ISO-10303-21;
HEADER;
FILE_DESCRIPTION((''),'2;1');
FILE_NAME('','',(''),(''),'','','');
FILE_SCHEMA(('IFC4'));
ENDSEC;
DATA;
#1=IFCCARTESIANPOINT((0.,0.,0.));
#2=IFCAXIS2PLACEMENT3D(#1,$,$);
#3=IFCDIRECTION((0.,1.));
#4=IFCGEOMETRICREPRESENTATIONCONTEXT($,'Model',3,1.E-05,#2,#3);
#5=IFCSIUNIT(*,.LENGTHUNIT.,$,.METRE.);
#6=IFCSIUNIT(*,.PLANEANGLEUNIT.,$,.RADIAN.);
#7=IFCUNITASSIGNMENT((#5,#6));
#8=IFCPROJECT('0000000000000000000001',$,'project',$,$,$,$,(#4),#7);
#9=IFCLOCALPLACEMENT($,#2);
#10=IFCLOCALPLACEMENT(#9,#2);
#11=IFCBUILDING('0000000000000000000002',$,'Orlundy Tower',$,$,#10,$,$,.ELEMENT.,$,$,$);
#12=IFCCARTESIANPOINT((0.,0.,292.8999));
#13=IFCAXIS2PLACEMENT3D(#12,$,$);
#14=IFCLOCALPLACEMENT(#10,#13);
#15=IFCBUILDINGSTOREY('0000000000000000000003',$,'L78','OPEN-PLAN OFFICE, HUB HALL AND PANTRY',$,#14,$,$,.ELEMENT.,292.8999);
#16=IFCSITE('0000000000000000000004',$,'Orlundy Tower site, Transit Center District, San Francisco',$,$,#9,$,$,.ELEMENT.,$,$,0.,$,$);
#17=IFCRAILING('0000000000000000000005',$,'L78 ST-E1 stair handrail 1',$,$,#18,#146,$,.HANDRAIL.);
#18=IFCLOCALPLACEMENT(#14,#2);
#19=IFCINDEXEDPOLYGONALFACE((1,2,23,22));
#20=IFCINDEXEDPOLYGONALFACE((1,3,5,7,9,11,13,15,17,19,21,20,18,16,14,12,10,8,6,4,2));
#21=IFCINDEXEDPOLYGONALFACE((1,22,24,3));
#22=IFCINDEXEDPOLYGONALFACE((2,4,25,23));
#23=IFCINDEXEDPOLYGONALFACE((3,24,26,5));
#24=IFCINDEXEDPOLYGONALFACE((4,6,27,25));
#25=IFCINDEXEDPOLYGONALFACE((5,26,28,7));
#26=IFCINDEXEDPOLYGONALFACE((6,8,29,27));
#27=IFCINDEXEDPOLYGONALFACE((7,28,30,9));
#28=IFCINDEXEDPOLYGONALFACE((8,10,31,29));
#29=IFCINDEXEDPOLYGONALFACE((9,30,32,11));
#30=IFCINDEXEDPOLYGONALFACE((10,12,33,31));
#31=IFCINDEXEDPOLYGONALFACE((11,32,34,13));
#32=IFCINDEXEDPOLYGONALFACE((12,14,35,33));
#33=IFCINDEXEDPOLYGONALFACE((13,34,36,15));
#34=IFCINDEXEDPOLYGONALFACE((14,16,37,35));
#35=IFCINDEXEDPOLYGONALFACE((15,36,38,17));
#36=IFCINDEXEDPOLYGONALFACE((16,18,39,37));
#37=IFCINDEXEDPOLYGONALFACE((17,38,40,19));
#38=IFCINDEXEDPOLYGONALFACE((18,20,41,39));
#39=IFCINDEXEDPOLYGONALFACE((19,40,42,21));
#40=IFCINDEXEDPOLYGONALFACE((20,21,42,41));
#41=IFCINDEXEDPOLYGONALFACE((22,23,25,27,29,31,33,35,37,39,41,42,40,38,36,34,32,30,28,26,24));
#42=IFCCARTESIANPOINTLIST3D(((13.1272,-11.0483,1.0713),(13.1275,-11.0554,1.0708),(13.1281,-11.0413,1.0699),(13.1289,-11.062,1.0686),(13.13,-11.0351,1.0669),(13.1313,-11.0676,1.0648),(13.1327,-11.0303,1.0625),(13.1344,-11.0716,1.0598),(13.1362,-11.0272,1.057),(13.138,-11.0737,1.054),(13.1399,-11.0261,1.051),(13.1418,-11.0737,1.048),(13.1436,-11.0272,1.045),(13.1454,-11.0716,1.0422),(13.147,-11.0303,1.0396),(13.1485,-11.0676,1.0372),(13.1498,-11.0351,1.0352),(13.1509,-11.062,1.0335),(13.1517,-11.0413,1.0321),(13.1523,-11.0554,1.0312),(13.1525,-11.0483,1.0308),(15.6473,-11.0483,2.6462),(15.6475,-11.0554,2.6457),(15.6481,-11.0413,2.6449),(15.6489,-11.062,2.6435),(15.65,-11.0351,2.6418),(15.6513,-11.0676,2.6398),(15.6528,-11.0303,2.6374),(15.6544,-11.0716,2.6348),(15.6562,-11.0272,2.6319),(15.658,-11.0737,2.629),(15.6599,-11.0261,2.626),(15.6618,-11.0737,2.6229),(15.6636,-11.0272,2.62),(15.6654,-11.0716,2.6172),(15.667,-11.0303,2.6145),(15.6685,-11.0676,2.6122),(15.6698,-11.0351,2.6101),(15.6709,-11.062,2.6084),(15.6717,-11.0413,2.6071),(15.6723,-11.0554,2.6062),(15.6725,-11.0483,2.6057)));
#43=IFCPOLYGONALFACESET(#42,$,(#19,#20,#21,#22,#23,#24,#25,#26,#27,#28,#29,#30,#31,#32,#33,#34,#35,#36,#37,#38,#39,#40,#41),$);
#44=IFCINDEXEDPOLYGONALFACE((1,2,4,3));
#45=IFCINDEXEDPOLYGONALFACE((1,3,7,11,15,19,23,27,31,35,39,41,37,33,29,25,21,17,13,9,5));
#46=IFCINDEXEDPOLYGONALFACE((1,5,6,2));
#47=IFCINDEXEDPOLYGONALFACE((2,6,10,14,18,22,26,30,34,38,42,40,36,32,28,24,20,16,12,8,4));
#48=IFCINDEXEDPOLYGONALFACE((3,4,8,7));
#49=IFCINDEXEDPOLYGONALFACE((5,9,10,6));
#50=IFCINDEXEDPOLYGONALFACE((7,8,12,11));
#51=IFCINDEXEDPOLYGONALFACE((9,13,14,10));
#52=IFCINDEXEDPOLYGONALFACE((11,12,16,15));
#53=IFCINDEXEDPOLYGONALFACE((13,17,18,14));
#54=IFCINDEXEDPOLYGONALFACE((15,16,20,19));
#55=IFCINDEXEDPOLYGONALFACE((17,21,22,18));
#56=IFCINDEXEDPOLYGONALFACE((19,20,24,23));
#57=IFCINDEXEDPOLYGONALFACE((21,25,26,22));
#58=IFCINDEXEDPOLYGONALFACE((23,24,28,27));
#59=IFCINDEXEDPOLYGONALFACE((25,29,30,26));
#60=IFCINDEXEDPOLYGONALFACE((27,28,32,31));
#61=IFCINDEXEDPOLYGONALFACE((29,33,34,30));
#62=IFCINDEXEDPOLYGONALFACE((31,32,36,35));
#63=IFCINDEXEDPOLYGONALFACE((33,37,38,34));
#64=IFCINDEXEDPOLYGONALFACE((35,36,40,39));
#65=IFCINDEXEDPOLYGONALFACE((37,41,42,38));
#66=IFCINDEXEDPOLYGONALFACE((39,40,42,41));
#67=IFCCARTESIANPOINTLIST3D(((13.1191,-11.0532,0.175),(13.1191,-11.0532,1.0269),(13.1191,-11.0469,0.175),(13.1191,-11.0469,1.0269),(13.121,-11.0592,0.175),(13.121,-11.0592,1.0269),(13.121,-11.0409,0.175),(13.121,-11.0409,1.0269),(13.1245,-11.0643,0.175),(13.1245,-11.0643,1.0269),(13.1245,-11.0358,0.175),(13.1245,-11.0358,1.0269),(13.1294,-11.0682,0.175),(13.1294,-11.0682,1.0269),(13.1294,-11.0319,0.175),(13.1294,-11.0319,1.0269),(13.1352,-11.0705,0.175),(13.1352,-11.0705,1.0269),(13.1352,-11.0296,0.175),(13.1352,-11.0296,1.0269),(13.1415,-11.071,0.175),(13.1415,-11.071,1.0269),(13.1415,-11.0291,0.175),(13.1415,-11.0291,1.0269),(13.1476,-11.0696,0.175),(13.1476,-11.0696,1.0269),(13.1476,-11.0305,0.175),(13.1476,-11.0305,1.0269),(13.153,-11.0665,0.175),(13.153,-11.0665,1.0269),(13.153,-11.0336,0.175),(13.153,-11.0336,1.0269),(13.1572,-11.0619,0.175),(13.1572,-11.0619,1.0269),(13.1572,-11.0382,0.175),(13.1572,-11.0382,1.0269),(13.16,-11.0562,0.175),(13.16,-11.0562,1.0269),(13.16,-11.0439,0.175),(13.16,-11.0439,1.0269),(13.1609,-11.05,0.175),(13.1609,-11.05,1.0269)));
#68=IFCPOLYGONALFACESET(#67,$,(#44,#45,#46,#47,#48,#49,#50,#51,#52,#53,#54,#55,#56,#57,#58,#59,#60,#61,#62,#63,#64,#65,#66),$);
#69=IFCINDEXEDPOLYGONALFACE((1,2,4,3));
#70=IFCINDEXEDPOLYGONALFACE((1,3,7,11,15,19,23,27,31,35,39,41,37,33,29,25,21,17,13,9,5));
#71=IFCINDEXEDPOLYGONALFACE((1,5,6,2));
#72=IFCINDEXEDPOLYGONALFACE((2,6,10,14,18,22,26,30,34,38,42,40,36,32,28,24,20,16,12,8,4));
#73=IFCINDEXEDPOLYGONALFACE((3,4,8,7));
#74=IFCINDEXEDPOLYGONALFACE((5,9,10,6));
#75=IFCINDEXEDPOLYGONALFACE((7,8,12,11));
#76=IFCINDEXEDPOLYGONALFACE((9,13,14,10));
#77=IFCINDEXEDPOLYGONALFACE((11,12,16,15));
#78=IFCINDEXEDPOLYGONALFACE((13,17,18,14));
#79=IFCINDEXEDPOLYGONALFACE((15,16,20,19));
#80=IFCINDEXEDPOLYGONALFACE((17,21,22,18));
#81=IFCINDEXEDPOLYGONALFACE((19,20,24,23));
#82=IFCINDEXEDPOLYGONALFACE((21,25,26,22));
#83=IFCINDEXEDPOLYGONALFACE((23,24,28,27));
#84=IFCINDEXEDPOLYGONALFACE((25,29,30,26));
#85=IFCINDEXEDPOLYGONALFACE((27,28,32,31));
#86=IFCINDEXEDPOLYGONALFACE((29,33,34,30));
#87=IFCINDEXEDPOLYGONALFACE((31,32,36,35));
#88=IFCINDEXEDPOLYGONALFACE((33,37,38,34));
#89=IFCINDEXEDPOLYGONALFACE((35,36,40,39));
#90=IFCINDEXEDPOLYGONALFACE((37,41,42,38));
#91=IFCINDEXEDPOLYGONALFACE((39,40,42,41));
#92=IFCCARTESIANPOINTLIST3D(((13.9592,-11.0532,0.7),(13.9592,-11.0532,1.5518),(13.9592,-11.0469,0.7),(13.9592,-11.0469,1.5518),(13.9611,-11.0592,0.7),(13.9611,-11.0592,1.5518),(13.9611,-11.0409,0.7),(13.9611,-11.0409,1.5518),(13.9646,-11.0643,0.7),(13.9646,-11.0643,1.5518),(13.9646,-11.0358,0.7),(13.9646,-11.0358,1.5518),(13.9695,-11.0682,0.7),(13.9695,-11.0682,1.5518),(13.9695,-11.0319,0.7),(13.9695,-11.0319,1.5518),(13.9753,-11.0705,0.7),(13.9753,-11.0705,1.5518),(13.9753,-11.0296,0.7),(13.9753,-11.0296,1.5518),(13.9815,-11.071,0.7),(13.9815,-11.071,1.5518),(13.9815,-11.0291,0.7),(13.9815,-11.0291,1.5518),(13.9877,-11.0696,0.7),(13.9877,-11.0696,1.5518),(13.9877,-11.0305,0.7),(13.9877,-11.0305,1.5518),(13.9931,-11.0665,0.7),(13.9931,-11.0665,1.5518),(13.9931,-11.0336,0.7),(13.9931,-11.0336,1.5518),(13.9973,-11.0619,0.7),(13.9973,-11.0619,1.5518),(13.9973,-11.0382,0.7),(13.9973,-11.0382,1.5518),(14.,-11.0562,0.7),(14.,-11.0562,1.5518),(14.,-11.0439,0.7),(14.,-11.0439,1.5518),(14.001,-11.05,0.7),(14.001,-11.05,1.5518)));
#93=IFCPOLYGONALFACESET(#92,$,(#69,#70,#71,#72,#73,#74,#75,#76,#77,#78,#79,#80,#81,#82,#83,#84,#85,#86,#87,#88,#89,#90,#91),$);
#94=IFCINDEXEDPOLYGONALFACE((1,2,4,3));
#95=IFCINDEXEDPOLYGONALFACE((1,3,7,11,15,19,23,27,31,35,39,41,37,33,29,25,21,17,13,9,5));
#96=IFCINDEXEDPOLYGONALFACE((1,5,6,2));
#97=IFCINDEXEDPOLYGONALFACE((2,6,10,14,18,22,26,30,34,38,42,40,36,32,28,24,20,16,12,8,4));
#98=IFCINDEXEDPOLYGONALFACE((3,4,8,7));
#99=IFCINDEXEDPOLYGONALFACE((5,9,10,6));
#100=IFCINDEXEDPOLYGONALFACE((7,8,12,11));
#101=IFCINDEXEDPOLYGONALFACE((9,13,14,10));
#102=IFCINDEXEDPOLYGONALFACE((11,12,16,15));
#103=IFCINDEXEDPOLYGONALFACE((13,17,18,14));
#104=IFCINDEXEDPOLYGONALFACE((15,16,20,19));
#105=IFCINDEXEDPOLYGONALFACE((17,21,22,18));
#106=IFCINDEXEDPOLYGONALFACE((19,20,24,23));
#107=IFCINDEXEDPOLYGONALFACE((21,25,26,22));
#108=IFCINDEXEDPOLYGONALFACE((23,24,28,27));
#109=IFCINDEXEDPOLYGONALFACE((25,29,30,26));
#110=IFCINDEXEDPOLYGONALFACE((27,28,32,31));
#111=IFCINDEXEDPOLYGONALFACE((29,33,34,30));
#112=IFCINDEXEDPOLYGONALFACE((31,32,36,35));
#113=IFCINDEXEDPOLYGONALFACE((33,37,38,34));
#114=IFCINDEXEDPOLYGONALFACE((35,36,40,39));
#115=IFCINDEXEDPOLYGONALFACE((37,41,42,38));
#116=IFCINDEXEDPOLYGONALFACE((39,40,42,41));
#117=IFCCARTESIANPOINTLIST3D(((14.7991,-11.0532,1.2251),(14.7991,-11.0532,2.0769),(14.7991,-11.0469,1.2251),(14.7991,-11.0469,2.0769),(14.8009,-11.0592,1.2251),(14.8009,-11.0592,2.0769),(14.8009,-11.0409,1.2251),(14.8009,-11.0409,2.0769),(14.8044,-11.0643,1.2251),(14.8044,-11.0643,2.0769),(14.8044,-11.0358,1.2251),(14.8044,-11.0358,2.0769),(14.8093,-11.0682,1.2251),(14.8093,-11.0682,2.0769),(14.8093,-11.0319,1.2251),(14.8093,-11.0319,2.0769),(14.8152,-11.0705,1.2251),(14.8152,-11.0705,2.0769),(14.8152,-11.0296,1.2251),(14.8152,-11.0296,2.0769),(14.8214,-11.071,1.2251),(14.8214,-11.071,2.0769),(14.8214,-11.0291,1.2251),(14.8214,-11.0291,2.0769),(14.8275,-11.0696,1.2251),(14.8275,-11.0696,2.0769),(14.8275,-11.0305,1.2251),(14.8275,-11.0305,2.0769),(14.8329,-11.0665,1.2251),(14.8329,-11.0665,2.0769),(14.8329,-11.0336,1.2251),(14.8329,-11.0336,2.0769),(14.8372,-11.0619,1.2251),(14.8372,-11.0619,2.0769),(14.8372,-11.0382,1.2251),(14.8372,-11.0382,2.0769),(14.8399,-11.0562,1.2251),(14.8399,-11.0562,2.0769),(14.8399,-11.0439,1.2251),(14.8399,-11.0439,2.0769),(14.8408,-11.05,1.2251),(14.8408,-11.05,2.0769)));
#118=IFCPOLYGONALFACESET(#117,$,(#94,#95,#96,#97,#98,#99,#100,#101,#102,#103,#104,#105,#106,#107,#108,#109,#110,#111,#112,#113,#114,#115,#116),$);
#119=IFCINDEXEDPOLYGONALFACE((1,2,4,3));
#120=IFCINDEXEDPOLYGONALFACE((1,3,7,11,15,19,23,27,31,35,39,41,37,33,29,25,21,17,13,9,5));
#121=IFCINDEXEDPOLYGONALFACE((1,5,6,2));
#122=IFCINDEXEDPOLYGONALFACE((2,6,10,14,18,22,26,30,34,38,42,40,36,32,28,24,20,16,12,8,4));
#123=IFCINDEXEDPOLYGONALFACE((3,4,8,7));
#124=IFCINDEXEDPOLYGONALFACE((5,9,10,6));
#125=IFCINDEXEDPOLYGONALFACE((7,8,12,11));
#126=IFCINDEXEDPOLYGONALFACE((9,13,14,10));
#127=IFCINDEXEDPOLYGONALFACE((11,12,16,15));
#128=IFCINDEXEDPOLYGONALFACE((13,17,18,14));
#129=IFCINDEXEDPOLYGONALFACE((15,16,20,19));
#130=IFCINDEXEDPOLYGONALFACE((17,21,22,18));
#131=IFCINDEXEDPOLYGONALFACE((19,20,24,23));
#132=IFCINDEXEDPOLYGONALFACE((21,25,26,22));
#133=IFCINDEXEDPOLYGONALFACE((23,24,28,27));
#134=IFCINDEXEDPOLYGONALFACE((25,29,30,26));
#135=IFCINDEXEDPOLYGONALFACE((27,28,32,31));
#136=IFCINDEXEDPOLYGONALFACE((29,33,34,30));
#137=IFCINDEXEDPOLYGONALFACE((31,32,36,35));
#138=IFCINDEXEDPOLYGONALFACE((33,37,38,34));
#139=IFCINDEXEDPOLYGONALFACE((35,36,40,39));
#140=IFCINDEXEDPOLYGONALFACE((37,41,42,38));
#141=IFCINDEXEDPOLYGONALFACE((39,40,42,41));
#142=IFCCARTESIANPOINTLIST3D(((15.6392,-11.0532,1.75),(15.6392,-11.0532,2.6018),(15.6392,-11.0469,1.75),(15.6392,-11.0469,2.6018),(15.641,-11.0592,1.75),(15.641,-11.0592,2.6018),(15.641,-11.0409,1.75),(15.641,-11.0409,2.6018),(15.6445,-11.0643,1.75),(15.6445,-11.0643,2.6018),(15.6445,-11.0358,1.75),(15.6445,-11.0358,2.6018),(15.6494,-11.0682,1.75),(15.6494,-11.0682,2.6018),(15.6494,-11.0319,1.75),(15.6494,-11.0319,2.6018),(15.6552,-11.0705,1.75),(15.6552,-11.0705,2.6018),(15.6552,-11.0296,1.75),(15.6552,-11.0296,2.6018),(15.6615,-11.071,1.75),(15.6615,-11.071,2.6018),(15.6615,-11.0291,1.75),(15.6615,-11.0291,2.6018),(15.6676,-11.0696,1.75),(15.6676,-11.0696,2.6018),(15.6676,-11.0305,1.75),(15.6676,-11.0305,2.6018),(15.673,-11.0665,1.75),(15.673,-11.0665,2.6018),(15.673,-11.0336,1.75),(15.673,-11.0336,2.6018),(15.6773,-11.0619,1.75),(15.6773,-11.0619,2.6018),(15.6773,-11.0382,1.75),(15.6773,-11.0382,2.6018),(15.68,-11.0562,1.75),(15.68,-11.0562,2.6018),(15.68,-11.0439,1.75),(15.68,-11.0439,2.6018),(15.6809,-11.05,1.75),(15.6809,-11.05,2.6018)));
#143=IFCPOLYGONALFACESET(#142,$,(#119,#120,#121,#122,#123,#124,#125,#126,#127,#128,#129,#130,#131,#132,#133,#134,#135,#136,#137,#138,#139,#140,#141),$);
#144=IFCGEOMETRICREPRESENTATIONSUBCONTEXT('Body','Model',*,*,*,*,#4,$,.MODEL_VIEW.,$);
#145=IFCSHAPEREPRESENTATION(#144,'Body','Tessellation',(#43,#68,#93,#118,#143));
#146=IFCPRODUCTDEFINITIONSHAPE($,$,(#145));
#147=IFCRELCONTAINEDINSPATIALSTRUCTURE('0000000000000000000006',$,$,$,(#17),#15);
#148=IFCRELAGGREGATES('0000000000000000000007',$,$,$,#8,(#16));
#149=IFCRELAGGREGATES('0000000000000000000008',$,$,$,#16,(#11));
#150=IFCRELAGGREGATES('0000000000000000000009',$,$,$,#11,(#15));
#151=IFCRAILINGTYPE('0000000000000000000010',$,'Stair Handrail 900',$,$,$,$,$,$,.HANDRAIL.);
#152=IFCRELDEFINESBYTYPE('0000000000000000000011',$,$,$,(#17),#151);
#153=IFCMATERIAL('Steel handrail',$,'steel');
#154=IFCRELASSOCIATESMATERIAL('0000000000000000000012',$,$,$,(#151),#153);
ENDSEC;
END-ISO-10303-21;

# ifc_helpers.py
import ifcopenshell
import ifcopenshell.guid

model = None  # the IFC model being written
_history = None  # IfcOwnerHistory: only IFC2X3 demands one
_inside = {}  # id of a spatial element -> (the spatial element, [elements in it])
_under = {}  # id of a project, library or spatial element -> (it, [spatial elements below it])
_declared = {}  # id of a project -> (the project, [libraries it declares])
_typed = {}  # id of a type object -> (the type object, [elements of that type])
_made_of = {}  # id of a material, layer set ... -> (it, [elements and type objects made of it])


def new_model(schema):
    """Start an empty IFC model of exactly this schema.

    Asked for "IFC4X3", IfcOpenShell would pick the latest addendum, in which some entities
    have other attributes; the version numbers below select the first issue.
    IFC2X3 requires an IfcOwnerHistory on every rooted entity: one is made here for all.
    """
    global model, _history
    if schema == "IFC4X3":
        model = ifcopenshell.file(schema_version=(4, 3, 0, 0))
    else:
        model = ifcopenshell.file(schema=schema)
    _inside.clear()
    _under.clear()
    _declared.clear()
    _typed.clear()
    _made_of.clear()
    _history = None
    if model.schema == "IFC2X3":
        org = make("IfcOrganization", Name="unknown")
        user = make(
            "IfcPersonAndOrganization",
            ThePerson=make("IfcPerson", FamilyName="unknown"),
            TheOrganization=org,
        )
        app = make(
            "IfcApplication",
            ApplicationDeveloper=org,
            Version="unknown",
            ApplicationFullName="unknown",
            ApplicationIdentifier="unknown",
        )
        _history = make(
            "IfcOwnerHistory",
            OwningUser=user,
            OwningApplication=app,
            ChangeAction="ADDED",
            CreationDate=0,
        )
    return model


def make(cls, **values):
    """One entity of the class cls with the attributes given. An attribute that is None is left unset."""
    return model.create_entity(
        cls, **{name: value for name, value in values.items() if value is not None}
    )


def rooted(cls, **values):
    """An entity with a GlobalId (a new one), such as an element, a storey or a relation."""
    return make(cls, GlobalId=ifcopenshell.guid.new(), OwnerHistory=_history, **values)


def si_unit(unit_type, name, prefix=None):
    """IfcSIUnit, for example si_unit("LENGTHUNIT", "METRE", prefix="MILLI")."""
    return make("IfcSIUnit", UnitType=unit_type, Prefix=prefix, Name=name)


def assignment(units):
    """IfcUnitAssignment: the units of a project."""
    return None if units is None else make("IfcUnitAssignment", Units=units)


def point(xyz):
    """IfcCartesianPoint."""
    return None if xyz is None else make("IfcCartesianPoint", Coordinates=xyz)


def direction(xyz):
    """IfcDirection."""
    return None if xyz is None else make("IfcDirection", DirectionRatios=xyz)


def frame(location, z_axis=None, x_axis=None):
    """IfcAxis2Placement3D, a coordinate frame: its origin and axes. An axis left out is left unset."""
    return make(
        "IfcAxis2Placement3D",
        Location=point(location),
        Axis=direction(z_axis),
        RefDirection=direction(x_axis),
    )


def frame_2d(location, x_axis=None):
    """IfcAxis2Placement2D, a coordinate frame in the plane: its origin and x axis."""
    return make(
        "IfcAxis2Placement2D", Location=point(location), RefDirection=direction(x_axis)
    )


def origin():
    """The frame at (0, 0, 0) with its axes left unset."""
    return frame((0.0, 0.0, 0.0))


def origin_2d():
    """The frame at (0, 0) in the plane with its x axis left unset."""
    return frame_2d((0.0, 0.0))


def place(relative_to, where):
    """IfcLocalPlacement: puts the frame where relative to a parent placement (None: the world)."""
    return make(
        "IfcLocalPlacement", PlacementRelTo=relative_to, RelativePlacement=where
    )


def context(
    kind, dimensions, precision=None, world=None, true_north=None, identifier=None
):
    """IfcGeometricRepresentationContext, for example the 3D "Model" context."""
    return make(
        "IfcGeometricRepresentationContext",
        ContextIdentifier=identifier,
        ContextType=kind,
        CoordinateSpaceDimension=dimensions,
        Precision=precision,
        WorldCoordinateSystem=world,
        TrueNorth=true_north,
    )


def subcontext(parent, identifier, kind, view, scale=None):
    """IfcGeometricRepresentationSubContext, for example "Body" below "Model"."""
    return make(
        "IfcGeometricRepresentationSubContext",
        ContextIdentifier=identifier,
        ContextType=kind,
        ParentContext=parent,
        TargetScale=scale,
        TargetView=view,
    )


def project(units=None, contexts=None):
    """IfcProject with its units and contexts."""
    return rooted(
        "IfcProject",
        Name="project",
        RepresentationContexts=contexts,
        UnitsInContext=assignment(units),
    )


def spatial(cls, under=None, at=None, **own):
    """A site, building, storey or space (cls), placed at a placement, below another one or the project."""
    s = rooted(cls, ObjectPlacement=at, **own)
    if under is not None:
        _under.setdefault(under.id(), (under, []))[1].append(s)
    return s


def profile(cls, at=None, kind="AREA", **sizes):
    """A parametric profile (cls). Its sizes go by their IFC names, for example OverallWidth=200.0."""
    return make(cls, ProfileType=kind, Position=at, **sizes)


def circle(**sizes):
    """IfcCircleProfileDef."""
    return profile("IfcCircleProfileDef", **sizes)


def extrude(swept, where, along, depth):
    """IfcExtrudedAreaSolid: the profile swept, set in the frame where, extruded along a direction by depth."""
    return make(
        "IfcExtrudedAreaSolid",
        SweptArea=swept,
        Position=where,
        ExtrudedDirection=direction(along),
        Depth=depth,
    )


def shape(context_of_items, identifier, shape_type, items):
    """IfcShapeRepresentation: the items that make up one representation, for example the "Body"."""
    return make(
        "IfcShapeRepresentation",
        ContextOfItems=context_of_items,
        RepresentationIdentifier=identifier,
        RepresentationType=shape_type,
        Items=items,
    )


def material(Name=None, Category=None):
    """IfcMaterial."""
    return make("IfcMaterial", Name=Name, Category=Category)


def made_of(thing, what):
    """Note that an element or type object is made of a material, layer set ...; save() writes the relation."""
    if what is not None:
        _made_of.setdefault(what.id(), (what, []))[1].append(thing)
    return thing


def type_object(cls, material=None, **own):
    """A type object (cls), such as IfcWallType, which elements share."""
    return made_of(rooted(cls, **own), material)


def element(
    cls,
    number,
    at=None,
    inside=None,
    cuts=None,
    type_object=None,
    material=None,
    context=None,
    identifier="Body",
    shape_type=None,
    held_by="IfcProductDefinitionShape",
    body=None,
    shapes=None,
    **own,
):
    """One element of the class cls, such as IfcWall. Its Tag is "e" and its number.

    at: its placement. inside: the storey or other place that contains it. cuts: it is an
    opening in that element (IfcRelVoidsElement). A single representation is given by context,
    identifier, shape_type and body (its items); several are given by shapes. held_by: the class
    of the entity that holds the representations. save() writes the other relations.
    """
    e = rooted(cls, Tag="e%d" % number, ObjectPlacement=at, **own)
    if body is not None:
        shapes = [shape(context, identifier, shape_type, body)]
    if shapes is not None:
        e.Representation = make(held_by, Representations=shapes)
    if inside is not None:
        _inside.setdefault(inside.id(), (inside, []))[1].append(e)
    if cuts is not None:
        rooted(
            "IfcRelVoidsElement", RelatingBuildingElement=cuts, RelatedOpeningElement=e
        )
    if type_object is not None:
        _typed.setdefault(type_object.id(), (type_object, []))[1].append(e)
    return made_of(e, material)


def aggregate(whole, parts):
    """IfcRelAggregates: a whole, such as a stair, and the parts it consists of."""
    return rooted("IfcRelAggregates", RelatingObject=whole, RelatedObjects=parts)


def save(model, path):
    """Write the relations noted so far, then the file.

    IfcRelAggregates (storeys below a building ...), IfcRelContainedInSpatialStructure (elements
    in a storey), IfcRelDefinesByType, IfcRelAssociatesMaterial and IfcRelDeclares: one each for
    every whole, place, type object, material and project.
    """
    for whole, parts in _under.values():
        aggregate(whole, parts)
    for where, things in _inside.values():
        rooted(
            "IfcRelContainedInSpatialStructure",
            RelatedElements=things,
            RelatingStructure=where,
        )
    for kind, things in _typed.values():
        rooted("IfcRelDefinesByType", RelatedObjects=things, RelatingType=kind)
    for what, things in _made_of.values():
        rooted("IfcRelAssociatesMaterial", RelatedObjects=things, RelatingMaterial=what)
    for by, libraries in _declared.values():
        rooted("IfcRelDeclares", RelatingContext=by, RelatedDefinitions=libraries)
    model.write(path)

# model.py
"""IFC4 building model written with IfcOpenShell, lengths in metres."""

from ifc_helpers import new_model, si_unit, direction, frame, origin, origin_2d, place, context, subcontext, project, spatial, circle, extrude, material, type_object, element, save


model = new_model("IFC4")

# Units and contexts
model_context = context("Model", 3, precision=1e-05, world=origin(), true_north=direction((0.0, 1.0)))
body_context = subcontext(model_context, "Body", "Model", "MODEL_VIEW")
ifc_project = project(units=[si_unit("LENGTHUNIT", "METRE"), si_unit("PLANEANGLEUNIT", "RADIAN")], contexts=[model_context])

# Site, building, storey
site_placement = place(None, origin())
site = spatial("IfcSite", under=ifc_project, at=site_placement, Name="Orlundy Tower site, Transit Center District, San Francisco", CompositionType="ELEMENT", RefElevation=0.0)
building_placement = place(site_placement, origin())
building = spatial("IfcBuilding", under=site, at=building_placement, Name="Orlundy Tower", CompositionType="ELEMENT")
storey_placement = place(building_placement, frame((0.0, 0.0, 292.8999)))
storey = spatial("IfcBuildingStorey", under=building, at=storey_placement, Name="L78", Description="OPEN-PLAN OFFICE, HUB HALL AND PANTRY", CompositionType="ELEMENT", Elevation=292.8999)

# Railing
ifc_material_1 = material(Name="Steel handrail", Category="steel")
railing_type_1 = type_object("IfcRailingType", Name="Stair Handrail 900", PredefinedType="HANDRAIL", material=ifc_material_1)
railing_1_placement = place(storey_placement, frame((13.1399, -11.05, 0.175)))
element("IfcRailing", 1, at=railing_1_placement, inside=storey, type_object=railing_type_1, Name="L78 ST-E1 stair handrail 1", PredefinedType="HANDRAIL", context=body_context, shape_type="SweptSolid", body=[
    extrude(circle(Radius=0.0239, at=origin_2d()), frame((0.0, 0.0, 0.876), z_axis=(0.848008, 0.0, 0.529984), x_axis=(0.0, 1.0, 0.0)), (0.0, 0.0, 1.0), 2.9717),
    extrude(circle(Radius=0.021, at=origin_2d()), origin(), (0.0, 0.0, 1.0), 0.8518),
    extrude(circle(Radius=0.021, at=origin_2d()), frame((0.8401, 0.0, 0.5249)), (0.0, 0.0, 1.0), 0.8518),
    extrude(circle(Radius=0.021, at=origin_2d()), frame((1.6799, 0.0, 1.05)), (0.0, 0.0, 1.0), 0.8518),
    extrude(circle(Radius=0.021, at=origin_2d()), frame((2.52, 0.0, 1.575)), (0.0, 0.0, 1.0), 0.8518),
])

save(model, "model.ifc")
